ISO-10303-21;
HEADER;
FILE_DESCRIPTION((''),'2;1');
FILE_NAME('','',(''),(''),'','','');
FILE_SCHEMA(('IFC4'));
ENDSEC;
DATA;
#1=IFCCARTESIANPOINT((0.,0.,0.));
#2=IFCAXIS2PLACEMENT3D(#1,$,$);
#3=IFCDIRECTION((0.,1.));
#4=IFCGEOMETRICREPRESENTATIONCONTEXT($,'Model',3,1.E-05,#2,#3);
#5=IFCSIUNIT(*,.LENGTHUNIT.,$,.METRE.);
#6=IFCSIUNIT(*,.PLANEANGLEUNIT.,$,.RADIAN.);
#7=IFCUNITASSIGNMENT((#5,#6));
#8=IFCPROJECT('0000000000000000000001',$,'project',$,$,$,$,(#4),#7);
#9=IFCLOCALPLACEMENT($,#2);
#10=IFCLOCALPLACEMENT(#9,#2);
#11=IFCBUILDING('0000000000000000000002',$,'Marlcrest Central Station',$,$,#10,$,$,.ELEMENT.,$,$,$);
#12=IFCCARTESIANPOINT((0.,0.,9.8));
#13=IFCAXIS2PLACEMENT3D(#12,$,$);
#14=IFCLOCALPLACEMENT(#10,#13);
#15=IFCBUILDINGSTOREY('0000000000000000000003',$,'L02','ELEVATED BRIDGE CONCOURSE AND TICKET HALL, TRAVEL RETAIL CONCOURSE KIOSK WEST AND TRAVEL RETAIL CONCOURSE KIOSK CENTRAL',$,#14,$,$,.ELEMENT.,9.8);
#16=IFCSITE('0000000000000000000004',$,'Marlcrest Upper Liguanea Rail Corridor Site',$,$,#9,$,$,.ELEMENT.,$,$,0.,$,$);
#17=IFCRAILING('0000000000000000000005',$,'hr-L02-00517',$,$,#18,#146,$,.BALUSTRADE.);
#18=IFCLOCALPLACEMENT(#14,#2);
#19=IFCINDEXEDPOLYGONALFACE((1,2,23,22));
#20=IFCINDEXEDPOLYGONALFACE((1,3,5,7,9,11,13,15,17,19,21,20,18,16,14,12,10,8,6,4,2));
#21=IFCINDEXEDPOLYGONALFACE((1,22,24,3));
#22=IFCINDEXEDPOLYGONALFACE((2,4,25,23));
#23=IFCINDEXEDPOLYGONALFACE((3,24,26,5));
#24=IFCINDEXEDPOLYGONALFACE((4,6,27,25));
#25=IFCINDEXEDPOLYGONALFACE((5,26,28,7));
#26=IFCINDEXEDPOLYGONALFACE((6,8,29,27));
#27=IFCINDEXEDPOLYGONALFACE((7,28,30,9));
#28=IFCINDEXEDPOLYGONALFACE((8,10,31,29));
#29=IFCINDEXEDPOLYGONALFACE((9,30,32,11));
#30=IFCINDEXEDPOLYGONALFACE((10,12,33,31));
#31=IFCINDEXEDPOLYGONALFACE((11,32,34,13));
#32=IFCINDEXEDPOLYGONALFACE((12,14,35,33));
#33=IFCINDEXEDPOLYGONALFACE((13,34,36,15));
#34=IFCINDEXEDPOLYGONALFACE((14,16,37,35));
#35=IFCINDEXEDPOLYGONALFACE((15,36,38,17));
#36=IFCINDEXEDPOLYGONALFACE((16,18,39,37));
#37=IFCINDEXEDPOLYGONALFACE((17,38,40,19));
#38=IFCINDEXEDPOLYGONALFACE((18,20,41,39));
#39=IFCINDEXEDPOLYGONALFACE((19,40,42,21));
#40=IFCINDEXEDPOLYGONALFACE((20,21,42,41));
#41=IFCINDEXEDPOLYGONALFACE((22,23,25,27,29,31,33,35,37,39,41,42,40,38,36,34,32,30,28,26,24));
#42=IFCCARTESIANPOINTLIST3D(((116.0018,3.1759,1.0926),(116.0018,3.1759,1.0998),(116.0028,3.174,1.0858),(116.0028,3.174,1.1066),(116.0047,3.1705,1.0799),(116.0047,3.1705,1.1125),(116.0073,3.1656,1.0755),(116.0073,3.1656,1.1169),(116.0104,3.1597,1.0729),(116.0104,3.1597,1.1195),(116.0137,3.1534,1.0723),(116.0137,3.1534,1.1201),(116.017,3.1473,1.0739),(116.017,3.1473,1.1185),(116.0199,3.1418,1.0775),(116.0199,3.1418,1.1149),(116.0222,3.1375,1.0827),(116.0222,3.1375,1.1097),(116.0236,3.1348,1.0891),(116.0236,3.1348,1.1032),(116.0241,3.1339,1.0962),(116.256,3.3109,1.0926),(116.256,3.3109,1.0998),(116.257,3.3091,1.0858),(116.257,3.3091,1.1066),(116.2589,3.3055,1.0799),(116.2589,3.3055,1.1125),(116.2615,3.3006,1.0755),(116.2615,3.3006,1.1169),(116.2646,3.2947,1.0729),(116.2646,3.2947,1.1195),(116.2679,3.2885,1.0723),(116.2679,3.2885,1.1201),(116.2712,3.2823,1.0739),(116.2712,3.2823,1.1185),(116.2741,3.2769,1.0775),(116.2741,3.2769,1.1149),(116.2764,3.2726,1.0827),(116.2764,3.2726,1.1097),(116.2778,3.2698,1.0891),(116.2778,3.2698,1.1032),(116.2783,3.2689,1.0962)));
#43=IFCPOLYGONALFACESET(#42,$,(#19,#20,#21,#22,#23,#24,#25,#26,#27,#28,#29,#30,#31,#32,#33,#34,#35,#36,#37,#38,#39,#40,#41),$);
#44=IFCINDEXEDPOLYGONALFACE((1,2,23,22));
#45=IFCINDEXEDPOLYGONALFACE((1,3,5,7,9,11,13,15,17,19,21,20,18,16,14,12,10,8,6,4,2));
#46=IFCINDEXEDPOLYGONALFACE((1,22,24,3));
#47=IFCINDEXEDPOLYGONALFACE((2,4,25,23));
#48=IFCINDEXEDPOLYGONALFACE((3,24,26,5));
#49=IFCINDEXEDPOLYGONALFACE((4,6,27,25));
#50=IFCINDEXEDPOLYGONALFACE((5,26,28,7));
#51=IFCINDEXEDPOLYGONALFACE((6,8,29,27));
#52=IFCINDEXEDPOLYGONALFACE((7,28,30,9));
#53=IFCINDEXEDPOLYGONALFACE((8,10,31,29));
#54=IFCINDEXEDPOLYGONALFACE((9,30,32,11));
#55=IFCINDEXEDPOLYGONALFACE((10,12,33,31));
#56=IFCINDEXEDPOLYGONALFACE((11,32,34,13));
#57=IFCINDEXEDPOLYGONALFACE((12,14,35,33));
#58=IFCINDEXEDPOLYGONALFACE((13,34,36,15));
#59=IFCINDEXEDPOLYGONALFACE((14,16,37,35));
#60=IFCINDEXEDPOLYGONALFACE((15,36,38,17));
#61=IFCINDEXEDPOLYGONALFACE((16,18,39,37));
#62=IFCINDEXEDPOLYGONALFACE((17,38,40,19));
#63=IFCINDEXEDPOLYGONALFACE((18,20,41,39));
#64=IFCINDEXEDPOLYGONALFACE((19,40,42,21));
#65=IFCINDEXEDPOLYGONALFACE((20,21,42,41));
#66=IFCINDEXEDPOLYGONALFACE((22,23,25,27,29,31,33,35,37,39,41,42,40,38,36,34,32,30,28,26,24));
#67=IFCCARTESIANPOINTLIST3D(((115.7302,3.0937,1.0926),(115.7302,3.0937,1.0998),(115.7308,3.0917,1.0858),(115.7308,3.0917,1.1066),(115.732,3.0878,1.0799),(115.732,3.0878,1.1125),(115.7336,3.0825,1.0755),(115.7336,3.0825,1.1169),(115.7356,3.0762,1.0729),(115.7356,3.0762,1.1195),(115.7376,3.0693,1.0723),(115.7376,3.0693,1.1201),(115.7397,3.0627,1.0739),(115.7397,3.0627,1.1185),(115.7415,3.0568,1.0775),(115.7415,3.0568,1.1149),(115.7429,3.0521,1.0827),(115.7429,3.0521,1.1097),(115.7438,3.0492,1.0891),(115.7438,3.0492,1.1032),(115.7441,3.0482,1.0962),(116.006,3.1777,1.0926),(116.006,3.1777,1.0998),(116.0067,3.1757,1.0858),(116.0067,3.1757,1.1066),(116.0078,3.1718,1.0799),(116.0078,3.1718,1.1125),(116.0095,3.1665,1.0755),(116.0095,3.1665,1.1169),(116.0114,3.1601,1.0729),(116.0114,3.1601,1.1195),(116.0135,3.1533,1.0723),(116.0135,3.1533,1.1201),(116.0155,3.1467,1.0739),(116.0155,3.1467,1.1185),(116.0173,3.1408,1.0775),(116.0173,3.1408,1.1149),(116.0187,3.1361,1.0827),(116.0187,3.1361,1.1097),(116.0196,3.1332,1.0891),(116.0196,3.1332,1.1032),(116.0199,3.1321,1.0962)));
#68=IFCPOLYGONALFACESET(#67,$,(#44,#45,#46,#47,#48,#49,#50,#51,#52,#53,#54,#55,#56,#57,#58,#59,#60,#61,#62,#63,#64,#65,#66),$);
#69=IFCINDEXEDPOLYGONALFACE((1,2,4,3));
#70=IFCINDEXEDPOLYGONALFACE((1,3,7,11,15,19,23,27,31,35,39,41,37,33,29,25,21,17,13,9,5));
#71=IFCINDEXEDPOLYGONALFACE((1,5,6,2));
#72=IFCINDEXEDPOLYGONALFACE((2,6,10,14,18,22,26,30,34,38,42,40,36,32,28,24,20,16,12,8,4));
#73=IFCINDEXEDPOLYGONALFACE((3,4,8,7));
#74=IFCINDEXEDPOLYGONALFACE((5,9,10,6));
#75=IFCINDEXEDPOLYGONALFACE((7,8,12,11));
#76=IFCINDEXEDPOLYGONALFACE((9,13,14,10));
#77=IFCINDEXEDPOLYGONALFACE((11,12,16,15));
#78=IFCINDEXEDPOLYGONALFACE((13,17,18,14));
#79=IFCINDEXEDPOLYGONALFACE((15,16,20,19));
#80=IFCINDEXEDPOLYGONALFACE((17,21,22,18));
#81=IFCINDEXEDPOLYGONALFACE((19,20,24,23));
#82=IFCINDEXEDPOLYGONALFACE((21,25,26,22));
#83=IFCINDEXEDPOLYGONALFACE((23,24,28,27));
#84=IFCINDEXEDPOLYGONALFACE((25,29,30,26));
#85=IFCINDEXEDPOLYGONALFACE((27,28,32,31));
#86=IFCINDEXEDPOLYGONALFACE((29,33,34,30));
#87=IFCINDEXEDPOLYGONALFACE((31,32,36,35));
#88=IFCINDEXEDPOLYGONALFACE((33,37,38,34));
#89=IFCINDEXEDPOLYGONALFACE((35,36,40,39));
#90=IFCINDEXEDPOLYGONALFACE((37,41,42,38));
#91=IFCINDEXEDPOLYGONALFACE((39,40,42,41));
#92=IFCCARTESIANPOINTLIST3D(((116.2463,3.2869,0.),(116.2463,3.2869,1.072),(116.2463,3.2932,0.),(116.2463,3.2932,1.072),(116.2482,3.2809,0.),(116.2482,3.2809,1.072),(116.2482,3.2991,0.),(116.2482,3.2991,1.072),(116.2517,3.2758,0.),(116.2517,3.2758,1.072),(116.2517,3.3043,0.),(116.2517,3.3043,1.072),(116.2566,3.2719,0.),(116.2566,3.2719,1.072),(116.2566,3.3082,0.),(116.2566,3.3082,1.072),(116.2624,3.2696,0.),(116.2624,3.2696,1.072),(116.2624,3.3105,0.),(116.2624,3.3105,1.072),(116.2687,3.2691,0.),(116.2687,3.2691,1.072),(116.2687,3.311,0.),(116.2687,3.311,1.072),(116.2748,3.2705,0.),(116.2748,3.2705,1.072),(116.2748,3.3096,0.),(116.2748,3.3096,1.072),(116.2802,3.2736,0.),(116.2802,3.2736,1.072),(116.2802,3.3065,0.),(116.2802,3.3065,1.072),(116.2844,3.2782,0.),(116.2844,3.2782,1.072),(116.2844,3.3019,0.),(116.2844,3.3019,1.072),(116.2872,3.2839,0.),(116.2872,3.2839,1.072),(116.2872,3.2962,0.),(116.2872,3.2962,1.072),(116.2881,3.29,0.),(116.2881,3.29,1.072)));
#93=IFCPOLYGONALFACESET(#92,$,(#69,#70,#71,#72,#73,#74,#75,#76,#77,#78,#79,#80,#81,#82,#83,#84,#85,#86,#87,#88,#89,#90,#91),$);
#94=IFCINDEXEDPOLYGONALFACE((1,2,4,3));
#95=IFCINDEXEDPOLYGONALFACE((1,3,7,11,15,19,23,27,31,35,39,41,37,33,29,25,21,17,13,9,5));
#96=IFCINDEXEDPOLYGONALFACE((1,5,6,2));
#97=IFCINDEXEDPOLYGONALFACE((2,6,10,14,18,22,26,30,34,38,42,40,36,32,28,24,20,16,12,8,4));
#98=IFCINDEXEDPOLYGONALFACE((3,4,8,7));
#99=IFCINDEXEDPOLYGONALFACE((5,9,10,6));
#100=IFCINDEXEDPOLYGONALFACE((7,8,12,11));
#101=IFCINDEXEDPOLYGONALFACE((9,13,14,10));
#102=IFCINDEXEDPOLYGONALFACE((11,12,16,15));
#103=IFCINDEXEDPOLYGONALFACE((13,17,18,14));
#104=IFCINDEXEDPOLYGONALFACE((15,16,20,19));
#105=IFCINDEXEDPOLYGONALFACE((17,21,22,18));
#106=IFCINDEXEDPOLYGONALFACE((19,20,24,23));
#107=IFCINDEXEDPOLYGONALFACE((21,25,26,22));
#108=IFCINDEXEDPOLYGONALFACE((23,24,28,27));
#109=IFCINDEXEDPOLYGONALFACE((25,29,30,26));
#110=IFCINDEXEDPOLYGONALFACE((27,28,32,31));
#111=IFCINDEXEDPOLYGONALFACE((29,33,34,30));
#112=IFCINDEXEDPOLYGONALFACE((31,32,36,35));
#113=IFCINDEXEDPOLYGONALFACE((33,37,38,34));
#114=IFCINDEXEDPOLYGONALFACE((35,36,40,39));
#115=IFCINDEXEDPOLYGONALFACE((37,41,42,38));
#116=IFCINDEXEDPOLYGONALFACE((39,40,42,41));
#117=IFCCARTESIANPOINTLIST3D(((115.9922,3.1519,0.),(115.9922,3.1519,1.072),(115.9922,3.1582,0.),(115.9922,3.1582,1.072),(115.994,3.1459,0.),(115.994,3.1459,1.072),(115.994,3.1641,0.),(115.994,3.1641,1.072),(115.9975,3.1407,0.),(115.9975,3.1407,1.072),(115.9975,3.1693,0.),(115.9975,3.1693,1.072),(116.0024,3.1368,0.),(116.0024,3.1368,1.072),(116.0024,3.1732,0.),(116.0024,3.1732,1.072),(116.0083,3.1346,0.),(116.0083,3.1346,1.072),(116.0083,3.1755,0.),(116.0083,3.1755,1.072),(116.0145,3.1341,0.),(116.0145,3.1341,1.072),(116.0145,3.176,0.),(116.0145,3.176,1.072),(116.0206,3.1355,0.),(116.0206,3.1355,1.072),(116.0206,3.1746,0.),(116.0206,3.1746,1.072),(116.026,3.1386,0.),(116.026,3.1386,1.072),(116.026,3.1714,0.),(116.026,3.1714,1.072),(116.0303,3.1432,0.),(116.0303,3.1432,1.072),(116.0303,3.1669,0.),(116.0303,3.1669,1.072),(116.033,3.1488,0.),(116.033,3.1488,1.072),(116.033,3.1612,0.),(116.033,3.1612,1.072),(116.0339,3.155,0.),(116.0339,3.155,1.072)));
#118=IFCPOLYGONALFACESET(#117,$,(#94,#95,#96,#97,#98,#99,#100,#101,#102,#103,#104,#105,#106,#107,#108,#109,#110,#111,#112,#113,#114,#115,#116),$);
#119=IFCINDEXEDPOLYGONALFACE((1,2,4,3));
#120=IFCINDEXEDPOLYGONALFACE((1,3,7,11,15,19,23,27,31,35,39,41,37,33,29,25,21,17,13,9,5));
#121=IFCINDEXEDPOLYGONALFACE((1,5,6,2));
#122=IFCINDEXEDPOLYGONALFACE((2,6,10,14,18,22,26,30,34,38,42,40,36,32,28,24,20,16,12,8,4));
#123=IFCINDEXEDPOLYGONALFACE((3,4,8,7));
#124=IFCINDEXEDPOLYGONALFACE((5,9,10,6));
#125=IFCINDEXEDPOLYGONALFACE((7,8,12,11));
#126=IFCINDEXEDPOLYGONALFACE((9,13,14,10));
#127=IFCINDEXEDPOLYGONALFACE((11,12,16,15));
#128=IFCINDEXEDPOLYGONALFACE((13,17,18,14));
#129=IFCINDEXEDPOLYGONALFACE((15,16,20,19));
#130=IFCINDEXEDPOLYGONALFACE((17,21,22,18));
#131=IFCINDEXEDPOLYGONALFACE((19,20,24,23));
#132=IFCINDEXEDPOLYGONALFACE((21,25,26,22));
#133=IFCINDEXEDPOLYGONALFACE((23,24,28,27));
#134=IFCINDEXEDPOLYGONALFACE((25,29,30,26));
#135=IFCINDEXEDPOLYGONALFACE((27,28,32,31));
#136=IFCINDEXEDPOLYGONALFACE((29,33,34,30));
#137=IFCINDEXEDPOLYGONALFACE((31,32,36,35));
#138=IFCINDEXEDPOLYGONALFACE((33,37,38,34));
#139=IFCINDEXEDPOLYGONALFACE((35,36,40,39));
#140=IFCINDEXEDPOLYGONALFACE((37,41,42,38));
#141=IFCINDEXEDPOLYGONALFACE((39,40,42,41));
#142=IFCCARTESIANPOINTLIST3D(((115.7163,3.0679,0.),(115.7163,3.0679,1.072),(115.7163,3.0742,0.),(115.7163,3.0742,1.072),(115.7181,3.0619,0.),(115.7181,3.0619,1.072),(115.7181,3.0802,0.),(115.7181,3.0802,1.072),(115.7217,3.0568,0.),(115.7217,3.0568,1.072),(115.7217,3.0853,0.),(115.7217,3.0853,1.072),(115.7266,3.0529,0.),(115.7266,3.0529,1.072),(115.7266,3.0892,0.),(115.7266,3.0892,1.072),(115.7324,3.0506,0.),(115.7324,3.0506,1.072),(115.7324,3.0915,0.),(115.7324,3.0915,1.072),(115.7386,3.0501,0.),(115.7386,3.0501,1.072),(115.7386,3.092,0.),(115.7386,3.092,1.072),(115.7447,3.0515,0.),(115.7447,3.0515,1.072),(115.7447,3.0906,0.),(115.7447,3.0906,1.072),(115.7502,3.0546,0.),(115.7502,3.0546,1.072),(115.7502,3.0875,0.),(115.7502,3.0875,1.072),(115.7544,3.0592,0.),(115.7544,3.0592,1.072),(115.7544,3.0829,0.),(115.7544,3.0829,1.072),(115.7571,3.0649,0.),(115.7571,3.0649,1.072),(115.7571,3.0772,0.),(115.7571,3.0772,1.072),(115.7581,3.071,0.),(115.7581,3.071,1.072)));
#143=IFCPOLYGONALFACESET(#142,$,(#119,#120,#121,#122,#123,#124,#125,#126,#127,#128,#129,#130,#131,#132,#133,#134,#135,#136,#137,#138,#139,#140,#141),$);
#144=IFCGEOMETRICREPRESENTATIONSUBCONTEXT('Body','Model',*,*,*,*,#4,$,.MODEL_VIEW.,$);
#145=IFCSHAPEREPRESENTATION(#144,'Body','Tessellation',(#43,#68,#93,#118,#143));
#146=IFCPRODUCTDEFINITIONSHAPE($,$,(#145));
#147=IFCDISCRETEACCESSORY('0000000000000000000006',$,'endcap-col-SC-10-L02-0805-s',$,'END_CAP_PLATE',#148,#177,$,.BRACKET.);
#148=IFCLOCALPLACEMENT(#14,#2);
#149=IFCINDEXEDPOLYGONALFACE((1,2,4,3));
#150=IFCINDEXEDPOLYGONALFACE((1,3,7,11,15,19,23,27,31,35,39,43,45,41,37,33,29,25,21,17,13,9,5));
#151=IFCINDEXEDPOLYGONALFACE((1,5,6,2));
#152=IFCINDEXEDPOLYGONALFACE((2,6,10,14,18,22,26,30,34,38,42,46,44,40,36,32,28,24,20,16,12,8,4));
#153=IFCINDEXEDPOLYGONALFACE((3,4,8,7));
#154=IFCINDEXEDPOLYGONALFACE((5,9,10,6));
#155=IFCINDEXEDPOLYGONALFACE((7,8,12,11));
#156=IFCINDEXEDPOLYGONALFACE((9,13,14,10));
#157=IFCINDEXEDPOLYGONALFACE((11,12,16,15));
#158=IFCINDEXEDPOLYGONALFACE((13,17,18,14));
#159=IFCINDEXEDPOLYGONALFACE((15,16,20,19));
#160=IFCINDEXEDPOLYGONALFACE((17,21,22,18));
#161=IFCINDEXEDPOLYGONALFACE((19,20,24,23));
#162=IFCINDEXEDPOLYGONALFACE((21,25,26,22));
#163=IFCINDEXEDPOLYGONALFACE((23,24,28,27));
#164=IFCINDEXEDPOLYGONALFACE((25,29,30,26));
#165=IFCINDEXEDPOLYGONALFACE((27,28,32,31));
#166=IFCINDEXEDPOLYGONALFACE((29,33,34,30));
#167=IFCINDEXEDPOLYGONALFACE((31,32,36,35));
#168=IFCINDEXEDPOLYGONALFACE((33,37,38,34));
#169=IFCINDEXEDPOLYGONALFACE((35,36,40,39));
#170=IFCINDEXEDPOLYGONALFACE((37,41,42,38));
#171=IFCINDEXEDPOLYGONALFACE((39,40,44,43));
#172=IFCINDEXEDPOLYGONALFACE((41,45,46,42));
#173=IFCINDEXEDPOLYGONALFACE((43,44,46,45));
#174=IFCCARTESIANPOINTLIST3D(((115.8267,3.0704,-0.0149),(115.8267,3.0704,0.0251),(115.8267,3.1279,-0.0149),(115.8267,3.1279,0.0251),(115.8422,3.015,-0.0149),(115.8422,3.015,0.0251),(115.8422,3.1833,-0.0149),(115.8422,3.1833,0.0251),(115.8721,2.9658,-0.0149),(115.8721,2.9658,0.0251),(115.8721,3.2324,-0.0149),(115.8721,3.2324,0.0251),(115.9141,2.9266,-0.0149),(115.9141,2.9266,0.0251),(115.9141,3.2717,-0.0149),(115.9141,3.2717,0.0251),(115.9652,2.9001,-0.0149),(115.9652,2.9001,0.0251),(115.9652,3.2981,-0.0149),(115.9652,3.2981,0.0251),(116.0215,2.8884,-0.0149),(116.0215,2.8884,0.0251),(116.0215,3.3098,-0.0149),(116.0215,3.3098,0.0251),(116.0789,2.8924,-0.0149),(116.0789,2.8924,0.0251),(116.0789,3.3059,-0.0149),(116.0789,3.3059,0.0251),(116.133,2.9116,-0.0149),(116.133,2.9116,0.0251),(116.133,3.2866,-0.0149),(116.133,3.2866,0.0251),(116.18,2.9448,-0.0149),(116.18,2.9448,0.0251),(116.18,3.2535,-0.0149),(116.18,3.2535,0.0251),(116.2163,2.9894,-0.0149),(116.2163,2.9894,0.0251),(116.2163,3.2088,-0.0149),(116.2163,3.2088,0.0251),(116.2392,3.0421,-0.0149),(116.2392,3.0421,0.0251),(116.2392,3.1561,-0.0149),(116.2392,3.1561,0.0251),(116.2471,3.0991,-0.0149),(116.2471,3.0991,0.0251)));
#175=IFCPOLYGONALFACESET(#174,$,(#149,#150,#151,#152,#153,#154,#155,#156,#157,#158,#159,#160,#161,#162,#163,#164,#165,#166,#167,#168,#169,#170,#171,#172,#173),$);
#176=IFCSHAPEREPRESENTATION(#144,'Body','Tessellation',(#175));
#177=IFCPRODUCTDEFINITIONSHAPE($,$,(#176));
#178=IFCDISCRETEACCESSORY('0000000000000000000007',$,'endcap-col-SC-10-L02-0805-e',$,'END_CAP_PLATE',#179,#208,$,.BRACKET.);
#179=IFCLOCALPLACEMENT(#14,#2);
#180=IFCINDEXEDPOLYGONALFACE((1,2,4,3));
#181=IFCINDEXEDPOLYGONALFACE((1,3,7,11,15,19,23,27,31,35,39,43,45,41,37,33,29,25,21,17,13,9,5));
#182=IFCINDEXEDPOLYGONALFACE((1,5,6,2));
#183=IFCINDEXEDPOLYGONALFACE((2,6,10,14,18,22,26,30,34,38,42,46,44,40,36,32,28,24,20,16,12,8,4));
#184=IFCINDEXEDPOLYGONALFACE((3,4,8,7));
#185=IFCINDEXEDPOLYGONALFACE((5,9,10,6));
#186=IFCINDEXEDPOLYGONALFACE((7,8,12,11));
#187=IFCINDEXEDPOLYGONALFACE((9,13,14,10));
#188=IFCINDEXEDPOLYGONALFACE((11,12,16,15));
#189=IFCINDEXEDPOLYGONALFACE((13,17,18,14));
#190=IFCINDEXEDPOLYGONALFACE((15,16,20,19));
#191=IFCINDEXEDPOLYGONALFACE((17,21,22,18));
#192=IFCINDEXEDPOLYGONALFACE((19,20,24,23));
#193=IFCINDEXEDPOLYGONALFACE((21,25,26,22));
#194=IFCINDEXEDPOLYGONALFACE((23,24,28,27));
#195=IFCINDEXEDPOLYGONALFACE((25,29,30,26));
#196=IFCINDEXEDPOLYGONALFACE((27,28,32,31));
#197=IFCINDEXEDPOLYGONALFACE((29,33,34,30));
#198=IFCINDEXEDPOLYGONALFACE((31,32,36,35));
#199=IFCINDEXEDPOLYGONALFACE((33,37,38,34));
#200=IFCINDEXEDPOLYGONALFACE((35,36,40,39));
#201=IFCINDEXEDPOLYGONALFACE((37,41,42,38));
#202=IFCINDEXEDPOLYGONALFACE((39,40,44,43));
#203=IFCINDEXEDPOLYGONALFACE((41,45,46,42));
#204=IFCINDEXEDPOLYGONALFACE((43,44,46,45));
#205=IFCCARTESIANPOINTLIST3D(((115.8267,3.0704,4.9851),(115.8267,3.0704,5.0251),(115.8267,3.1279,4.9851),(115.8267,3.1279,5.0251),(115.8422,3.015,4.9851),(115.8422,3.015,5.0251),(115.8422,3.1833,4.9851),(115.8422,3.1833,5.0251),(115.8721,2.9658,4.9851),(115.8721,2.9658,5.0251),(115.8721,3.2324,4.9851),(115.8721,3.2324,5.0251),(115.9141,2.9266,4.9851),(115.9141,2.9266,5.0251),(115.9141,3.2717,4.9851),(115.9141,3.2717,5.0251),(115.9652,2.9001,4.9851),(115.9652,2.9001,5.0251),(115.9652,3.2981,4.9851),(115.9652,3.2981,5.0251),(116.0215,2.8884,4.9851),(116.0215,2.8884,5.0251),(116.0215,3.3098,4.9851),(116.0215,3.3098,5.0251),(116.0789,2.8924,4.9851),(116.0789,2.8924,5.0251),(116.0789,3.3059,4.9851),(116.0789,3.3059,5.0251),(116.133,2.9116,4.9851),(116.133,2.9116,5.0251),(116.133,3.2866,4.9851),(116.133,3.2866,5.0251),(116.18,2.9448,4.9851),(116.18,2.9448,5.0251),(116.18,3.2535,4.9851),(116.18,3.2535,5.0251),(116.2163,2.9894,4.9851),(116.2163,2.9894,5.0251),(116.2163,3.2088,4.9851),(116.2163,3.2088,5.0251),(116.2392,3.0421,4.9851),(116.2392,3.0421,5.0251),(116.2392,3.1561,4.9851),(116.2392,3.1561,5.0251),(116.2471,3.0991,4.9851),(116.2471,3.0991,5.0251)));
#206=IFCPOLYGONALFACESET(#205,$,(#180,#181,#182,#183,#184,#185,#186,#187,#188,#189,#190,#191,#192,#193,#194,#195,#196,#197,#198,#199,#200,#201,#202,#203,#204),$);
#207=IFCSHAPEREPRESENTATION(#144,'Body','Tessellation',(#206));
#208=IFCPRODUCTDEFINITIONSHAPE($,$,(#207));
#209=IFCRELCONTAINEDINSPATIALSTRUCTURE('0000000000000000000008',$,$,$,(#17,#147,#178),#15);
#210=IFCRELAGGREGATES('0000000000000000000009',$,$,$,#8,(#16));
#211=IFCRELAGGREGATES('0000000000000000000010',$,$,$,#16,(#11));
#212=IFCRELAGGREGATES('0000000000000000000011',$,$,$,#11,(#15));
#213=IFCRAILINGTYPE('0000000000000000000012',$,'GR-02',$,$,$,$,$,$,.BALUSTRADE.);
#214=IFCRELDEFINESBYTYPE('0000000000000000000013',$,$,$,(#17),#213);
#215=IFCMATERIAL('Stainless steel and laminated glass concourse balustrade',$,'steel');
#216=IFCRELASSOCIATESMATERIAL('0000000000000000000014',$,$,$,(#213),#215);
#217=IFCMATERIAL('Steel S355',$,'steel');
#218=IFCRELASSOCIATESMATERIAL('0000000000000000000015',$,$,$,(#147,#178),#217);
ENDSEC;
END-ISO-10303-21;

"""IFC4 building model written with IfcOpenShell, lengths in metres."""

from ifc_helpers import new_model, si_unit, direction, frame, origin, origin_2d, place, context, subcontext, project, spatial, circle, extrude, material, type_object, element, save


model = new_model("IFC4")

# Units and contexts
model_context = context("Model", 3, precision=1e-05, world=origin(), true_north=direction((0.0, 1.0)))
body_context = subcontext(model_context, "Body", "Model", "MODEL_VIEW")
ifc_project = project(units=[si_unit("LENGTHUNIT", "METRE"), si_unit("PLANEANGLEUNIT", "RADIAN")], contexts=[model_context])

# Site, building, storey
site_placement = place(None, origin())
site = spatial("IfcSite", under=ifc_project, at=site_placement, Name="Marlcrest Upper Liguanea Rail Corridor Site", CompositionType="ELEMENT", RefElevation=0.0)
building_placement = place(site_placement, origin())
building = spatial("IfcBuilding", under=site, at=building_placement, Name="Marlcrest Central Station", CompositionType="ELEMENT")
storey_placement = place(building_placement, frame((0.0, 0.0, 9.8)))
storey = spatial("IfcBuildingStorey", under=building, at=storey_placement, Name="L02", Description="ELEVATED BRIDGE CONCOURSE AND TICKET HALL, TRAVEL RETAIL CONCOURSE KIOSK WEST AND TRAVEL RETAIL CONCOURSE KIOSK CENTRAL", CompositionType="ELEMENT", Elevation=9.8)

# Shared definitions
ifc_material_1 = material(Name="Steel S355", Category="steel")

# Railing
ifc_material_2 = material(Name="Stainless steel and laminated glass concourse balustrade", Category="steel")
railing_type = type_object("IfcRailingType", Name="GR-02", PredefinedType="BALUSTRADE", material=ifc_material_2)
railing_1_placement = place(storey_placement, frame((116.2671, 3.29, 0.0)))
element("IfcRailing", 1, at=railing_1_placement, inside=storey, type_object=railing_type, Name="hr-L02-00517", PredefinedType="BALUSTRADE", context=body_context, shape_type="SweptSolid", body=[
    extrude(circle(Radius=0.0239, at=origin_2d()), frame((0.0, 0.0, 1.0962), z_axis=(-0.883127, -0.469135, 0.0), x_axis=(0.469135, -0.883127, 0.0)), (0.0, 0.0, 1.0), 0.2878),
    extrude(circle(Radius=0.0239, at=origin_2d()), frame((-0.2542, -0.135, 1.0962), z_axis=(-0.956653, -0.291229, 0.0), x_axis=(0.291229, -0.956653, 0.0)), (0.0, 0.0, 1.0), 0.2883),
    extrude(circle(Radius=0.021, at=origin_2d()), origin(), (0.0, 0.0, 1.0), 1.072),
    extrude(circle(Radius=0.021, at=origin_2d()), frame((-0.2542, -0.135, 0.0)), (0.0, 0.0, 1.0), 1.072),
    extrude(circle(Radius=0.021, at=origin_2d()), frame((-0.53, -0.219, 0.0)), (0.0, 0.0, 1.0), 1.072),
])

# Discrete accessories
for number, where, z_axis, x_axis, name in (
    (2, (116.0359, 3.0991, -0.0149), (0.0, 0.0, 1.0), (1.0, 0.0, 0.0), "endcap-col-SC-10-L02-0805-s"),
    (3, (116.0359, 3.0991, 4.9851), (0.0, 0.0, 1.0), (1.0, 0.0, 0.0), "endcap-col-SC-10-L02-0805-e"),
):
    element("IfcDiscreteAccessory", number, at=place(storey_placement, frame(where, z_axis=z_axis, x_axis=x_axis)), inside=storey, material=ifc_material_1, Name=name, ObjectType="END_CAP_PLATE", PredefinedType="BRACKET", context=body_context, shape_type="SweptSolid", body=[
        extrude(circle(Radius=0.2112, at=origin_2d()), origin(), (0.0, 0.0, 1.0), 0.04),
    ])

save(model, "model.ifc")
